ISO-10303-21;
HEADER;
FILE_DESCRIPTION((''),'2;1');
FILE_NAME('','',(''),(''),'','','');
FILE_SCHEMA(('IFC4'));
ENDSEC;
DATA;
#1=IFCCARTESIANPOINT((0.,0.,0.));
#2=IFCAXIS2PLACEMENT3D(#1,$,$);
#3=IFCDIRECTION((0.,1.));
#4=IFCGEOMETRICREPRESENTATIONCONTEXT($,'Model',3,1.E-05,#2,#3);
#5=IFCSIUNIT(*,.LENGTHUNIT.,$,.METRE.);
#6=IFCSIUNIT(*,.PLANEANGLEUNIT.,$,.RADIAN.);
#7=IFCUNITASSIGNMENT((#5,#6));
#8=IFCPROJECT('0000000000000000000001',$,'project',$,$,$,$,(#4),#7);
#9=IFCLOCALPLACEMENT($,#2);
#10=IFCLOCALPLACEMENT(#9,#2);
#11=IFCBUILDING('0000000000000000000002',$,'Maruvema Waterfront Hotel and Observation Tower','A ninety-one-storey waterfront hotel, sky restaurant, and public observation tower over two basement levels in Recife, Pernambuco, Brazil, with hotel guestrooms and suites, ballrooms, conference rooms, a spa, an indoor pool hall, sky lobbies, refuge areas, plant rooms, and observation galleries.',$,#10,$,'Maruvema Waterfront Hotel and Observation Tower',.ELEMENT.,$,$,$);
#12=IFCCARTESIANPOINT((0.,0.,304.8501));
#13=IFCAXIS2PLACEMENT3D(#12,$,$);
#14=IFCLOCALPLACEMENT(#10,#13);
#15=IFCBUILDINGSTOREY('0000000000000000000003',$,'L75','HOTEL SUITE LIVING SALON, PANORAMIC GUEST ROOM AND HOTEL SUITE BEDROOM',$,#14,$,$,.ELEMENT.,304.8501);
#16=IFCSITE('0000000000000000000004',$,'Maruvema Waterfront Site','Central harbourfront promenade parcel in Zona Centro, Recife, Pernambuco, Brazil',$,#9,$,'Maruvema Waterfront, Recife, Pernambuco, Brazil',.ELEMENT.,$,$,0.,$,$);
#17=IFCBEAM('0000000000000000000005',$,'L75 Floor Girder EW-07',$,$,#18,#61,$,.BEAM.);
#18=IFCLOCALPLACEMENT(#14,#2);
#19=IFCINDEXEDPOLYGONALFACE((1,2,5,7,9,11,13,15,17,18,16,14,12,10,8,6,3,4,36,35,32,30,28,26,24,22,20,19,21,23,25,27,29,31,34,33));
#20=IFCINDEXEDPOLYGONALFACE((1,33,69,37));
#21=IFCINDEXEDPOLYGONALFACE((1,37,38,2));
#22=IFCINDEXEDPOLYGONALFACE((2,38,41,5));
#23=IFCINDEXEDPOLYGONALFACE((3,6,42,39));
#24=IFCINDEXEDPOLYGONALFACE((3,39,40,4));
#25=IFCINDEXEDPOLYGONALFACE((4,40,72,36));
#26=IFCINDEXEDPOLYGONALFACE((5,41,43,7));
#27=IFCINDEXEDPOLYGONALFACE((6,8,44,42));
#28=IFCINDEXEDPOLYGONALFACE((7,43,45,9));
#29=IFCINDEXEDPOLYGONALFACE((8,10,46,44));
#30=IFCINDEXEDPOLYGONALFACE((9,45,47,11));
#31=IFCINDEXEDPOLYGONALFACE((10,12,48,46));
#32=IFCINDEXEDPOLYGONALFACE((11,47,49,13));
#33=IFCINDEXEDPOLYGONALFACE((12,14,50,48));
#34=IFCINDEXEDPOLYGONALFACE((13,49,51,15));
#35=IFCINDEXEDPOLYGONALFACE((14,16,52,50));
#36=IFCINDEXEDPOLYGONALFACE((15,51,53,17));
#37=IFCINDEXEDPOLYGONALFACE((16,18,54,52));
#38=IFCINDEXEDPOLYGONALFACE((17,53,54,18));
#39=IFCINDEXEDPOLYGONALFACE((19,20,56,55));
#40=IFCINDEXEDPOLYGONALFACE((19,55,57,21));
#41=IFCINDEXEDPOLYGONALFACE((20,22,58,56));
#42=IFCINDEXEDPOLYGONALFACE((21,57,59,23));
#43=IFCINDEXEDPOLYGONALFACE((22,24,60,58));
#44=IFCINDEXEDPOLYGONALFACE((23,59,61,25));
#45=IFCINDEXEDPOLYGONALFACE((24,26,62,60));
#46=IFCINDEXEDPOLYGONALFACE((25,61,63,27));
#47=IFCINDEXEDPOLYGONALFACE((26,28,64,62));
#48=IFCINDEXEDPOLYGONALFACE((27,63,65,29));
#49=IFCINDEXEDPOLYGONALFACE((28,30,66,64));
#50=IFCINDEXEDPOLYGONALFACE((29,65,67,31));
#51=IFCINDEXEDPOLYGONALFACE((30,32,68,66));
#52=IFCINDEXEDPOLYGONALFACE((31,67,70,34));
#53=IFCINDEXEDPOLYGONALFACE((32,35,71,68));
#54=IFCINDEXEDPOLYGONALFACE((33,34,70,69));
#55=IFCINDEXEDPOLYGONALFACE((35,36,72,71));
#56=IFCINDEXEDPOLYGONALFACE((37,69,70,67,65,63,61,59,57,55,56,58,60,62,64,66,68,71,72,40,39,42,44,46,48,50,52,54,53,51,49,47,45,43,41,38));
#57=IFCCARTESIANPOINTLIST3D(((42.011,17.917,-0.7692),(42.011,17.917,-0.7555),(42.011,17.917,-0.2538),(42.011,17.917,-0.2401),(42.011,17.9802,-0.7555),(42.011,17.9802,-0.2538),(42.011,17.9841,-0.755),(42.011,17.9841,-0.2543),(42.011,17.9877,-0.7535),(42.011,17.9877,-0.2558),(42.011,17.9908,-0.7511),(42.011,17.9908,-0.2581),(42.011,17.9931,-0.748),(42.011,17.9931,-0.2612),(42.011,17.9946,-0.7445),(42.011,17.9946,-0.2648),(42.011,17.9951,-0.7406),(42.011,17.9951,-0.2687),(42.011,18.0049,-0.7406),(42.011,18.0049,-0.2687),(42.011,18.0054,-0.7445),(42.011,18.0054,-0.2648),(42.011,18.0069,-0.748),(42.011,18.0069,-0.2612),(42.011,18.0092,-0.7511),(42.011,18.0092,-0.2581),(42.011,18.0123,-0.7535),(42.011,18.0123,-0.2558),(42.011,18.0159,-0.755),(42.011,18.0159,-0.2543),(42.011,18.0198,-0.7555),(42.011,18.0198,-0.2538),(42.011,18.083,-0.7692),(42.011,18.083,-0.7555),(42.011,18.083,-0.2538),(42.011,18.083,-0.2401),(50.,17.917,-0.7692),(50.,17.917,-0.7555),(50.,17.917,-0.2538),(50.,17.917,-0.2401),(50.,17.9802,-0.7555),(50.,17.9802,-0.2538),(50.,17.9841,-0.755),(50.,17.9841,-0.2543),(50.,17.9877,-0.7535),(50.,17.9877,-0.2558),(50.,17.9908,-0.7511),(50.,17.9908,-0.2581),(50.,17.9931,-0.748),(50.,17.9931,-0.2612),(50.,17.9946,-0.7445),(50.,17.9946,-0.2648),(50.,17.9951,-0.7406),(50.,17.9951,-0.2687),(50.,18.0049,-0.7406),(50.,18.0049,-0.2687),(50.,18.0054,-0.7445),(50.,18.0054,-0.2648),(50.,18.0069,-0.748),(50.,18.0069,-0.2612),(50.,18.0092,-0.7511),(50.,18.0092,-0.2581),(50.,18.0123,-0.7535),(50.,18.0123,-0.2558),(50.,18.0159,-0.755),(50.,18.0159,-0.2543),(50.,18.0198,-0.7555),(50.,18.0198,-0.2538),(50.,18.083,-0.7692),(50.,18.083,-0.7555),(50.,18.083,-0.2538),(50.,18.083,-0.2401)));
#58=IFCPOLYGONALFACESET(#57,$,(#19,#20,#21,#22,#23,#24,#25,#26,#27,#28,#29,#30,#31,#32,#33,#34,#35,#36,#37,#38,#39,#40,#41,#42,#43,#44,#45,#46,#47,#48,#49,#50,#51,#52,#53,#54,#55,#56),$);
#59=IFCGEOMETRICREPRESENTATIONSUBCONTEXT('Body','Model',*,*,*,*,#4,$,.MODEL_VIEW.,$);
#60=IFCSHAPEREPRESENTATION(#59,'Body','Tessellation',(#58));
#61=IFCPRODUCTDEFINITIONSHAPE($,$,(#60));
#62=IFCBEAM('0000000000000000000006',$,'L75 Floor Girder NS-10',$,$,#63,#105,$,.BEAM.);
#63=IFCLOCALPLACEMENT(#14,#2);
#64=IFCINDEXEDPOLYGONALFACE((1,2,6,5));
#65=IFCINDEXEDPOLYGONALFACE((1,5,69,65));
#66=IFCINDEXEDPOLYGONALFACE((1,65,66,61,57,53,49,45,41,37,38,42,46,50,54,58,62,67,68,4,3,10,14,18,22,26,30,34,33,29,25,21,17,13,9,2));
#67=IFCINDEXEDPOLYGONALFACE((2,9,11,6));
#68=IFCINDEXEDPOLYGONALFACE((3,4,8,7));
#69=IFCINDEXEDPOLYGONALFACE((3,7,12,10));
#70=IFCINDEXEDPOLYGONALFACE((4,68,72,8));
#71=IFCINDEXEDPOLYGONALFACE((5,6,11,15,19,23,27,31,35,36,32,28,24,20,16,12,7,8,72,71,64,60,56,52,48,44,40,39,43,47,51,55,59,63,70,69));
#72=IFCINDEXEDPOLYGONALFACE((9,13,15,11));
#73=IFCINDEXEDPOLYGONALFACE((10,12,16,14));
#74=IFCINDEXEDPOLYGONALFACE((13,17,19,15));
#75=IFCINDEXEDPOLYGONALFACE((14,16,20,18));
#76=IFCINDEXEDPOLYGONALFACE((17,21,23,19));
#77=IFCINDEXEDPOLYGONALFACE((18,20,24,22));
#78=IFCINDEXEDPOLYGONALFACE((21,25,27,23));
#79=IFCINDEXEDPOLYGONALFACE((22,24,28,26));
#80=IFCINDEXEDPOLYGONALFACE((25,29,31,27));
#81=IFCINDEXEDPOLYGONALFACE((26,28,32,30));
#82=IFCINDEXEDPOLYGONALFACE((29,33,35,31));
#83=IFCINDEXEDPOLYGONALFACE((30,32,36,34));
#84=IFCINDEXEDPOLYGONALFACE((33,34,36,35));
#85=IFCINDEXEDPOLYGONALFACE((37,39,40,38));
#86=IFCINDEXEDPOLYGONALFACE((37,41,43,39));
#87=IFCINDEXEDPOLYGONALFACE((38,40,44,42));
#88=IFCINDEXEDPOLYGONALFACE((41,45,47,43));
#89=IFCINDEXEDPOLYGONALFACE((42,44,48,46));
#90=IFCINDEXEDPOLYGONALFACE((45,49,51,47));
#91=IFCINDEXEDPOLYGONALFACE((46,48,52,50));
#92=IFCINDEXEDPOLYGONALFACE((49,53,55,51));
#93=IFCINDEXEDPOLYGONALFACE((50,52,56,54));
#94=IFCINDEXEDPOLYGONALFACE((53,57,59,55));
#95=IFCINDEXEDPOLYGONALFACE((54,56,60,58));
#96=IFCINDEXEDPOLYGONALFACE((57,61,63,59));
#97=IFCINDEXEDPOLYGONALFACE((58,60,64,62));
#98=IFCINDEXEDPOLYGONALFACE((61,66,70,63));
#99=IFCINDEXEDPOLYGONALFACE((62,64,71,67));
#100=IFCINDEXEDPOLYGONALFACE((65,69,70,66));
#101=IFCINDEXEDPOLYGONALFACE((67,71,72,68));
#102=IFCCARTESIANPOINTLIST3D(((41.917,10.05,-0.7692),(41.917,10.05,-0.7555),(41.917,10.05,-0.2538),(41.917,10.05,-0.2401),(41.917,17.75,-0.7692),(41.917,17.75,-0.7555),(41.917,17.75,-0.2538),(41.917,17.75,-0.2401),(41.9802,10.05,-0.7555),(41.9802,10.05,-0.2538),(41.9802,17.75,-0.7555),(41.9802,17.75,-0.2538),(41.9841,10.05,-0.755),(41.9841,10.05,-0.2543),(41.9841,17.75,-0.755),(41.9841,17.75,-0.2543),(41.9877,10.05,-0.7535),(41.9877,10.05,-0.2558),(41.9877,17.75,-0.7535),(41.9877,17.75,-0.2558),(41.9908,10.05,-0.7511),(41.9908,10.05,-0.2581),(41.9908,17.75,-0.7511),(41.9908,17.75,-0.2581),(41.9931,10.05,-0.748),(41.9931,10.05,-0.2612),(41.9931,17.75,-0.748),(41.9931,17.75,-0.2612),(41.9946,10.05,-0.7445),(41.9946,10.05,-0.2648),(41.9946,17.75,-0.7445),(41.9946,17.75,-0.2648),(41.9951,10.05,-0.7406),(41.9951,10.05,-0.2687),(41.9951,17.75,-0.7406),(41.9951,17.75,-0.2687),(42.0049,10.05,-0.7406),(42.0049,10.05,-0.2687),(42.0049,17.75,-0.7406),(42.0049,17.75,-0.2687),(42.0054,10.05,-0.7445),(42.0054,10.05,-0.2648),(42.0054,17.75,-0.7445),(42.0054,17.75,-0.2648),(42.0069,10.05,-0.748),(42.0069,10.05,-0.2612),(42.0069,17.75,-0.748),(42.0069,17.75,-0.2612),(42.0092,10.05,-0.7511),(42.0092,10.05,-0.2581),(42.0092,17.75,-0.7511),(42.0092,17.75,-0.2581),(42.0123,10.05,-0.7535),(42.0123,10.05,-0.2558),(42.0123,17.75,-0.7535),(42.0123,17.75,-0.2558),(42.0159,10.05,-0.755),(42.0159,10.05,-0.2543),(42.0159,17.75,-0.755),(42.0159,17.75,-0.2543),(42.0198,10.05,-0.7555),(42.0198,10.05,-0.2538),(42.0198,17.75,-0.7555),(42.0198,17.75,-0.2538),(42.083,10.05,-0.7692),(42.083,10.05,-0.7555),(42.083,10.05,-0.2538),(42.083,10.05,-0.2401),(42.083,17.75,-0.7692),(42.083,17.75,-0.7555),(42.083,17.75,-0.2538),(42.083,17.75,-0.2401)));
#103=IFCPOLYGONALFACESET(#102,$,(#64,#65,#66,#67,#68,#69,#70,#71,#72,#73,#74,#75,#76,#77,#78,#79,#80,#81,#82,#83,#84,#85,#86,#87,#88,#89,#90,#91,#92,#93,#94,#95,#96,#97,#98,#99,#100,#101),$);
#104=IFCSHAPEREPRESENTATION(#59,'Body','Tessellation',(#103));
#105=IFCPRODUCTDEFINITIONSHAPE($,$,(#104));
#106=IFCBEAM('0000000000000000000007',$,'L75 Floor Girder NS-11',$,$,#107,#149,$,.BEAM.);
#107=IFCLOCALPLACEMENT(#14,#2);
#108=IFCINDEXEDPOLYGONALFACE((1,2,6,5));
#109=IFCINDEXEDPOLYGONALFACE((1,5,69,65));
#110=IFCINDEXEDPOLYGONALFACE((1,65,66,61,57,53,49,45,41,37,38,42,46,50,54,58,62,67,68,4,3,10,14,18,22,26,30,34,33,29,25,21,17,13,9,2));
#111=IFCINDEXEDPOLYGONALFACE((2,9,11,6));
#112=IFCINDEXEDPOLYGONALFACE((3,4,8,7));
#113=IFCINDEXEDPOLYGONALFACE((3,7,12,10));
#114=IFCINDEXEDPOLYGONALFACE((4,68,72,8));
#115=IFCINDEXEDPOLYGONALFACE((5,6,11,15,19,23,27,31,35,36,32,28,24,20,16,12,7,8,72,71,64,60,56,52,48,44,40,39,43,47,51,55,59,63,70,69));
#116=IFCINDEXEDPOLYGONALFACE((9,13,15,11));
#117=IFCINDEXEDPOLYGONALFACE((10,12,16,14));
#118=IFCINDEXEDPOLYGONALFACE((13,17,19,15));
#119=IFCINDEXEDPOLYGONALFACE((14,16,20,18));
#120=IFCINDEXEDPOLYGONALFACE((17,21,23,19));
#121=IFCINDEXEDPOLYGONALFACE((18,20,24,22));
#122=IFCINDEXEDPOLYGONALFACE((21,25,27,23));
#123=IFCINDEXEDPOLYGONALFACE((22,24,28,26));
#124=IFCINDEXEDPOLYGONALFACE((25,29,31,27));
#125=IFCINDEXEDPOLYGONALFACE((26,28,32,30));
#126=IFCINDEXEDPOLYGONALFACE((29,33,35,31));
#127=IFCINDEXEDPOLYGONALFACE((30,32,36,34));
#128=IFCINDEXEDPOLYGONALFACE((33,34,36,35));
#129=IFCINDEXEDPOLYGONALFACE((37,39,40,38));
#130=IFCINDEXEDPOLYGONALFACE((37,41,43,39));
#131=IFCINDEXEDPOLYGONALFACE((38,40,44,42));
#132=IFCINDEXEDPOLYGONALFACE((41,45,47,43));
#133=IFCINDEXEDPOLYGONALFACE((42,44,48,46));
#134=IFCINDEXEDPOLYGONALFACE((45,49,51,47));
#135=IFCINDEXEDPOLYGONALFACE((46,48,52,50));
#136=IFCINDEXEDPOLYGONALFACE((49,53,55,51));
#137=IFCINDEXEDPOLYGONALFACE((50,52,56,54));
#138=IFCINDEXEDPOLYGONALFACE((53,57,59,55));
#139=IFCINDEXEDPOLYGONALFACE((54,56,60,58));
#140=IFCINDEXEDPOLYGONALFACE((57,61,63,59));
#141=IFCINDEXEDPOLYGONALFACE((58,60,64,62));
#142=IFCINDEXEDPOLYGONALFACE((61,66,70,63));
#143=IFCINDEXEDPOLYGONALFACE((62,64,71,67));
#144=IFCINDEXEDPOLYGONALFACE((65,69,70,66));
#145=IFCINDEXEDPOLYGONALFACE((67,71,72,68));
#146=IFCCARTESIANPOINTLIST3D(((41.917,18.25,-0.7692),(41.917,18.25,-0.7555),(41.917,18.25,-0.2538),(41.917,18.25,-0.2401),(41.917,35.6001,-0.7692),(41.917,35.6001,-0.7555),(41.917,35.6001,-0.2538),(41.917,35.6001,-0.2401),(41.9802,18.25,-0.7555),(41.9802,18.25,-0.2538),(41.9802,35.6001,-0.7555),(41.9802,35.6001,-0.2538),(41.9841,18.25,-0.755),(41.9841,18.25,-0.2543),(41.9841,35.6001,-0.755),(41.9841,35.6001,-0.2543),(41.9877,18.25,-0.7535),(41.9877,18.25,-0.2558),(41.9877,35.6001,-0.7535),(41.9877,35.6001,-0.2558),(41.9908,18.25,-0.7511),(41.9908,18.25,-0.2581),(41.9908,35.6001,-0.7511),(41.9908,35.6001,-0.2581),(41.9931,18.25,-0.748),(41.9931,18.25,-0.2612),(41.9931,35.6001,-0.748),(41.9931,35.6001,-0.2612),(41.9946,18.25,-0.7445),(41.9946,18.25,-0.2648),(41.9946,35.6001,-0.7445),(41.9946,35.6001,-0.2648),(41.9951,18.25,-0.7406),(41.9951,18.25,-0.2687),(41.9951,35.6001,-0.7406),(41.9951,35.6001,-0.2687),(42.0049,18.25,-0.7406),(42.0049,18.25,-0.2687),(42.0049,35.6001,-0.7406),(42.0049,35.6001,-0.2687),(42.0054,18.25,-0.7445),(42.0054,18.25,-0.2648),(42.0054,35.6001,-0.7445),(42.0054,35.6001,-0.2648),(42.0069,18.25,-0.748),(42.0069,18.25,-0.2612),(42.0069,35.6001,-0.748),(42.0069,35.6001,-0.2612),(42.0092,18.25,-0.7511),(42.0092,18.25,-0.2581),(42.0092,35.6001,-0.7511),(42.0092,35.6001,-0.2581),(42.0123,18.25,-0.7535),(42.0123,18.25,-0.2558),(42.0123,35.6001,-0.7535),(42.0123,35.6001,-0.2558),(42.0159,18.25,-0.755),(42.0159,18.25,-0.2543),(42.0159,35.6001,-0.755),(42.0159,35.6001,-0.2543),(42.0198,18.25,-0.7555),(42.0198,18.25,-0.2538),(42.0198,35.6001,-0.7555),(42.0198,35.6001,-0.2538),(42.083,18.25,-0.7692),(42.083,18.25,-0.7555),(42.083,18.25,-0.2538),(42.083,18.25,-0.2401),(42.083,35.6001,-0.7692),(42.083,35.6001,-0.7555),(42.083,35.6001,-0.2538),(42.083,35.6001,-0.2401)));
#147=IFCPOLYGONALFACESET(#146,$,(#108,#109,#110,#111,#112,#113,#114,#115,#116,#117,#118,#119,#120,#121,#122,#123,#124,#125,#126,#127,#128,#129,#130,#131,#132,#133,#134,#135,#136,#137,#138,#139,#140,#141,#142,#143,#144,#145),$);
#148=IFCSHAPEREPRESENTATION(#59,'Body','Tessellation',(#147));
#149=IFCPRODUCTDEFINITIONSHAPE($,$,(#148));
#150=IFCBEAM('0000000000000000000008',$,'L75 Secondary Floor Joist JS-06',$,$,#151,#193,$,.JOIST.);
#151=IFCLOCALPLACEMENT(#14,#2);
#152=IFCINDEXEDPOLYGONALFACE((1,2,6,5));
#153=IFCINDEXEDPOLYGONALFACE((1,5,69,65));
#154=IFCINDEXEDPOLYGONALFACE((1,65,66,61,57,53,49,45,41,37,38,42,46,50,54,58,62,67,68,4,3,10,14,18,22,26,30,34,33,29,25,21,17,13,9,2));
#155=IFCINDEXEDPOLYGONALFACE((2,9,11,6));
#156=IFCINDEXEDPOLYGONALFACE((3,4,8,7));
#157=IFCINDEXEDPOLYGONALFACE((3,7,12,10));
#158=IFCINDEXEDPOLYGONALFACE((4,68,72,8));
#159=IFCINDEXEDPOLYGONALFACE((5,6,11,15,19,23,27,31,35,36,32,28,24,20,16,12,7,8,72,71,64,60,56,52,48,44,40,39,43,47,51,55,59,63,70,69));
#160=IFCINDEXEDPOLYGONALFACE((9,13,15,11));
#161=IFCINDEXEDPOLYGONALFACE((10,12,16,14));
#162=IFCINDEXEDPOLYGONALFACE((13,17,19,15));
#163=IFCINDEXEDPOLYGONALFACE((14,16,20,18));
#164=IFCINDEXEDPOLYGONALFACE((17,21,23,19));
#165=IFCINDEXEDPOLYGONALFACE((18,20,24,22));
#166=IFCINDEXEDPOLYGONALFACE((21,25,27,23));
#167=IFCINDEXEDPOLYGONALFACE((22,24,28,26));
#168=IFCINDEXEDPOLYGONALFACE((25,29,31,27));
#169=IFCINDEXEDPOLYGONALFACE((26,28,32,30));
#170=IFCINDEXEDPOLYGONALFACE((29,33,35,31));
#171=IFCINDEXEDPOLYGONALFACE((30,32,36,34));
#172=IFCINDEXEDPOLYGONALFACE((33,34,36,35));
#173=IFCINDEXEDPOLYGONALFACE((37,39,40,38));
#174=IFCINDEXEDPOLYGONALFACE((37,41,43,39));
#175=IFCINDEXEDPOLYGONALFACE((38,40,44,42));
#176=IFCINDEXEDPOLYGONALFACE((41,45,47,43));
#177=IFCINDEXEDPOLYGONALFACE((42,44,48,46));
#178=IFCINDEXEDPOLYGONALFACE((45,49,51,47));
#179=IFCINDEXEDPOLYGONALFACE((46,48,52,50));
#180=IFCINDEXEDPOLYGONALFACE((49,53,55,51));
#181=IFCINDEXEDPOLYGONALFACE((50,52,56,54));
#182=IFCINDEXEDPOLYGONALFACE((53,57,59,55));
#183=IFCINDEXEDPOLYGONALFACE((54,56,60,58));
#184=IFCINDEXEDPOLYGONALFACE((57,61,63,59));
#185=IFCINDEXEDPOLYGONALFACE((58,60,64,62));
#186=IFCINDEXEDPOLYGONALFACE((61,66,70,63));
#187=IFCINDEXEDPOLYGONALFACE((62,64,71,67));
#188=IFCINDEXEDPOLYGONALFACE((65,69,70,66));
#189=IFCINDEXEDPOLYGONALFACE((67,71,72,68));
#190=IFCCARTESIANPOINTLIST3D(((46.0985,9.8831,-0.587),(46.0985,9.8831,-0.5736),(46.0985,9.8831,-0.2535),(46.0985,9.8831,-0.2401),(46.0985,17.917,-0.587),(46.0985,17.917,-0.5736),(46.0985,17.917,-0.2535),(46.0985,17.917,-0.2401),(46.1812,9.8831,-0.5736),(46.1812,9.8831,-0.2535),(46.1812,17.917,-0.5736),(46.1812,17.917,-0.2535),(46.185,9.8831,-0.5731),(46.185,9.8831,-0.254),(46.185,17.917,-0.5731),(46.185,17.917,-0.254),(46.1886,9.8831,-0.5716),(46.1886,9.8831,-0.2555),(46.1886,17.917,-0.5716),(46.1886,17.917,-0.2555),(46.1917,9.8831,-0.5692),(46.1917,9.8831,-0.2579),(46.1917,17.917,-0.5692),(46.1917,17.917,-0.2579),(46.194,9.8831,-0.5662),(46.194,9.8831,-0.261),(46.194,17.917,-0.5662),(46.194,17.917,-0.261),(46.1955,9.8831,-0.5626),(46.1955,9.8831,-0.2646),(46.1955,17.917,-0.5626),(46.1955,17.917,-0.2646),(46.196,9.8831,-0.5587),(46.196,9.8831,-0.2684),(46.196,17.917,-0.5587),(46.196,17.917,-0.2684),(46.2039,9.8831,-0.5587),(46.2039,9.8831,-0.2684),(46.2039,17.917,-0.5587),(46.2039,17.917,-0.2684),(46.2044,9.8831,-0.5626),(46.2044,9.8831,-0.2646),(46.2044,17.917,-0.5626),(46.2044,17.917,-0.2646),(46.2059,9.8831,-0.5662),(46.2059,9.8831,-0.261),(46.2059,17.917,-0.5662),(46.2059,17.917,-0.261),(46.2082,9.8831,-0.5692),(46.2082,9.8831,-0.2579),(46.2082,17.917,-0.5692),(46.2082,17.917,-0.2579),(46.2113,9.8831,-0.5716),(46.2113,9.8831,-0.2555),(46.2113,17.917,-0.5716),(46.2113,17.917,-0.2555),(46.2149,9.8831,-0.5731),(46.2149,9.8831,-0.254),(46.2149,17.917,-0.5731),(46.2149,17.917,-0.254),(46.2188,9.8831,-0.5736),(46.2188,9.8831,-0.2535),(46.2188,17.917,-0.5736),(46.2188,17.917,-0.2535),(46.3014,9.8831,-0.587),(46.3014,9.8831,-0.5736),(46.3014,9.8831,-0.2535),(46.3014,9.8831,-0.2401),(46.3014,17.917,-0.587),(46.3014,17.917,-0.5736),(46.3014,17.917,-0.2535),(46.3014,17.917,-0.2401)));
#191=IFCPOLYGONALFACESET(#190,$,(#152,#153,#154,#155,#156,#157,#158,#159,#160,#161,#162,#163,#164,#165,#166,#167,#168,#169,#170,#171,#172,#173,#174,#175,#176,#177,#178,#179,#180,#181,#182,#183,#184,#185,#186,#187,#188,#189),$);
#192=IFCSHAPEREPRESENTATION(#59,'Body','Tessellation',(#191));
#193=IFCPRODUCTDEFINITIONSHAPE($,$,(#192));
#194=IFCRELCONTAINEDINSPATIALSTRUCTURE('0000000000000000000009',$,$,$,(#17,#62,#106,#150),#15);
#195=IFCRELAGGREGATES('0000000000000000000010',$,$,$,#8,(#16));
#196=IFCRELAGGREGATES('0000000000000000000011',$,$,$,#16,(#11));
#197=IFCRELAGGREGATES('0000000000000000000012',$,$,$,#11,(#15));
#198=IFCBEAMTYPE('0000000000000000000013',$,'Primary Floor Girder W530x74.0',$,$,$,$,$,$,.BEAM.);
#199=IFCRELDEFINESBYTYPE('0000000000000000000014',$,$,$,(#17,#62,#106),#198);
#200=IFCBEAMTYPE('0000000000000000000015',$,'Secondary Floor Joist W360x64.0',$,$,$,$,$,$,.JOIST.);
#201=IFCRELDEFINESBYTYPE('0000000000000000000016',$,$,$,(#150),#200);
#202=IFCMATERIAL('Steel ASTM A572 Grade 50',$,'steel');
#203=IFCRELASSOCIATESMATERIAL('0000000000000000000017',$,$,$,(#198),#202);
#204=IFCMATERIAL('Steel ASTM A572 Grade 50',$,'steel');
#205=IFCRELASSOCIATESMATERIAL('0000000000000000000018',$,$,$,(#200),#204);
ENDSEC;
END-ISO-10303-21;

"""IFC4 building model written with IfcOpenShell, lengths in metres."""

from ifc_helpers import new_model, si_unit, direction, frame, origin, origin_2d, place, context, subcontext, project, spatial, i_section, extrude, material, material_profile, profile_set, type_object, element, save


model = new_model("IFC4")

# Units and contexts
model_context = context("Model", 3, precision=1e-05, world=origin(), true_north=direction((0.0, 1.0)))
body_context = subcontext(model_context, "Body", "Model", "MODEL_VIEW")
ifc_project = project(units=[si_unit("LENGTHUNIT", "METRE"), si_unit("PLANEANGLEUNIT", "RADIAN")], contexts=[model_context])

# Site, building, storey
site_placement = place(None, origin())
site = spatial("IfcSite", under=ifc_project, at=site_placement, Name="Maruvema Waterfront Site", Description="Central harbourfront promenade parcel in Zona Centro, Recife, Pernambuco, Brazil", LongName="Maruvema Waterfront, Recife, Pernambuco, Brazil", CompositionType="ELEMENT", RefElevation=0.0)
building_placement = place(site_placement, origin())
building = spatial("IfcBuilding", under=site, at=building_placement, Name="Maruvema Waterfront Hotel and Observation Tower", Description="A ninety-one-storey waterfront hotel, sky restaurant, and public observation tower over two basement levels in Recife, Pernambuco, Brazil, with hotel guestrooms and suites, ballrooms, conference rooms, a spa, an indoor pool hall, sky lobbies, refuge areas, plant rooms, and observation galleries.", LongName="Maruvema Waterfront Hotel and Observation Tower", CompositionType="ELEMENT")
storey_placement = place(building_placement, frame((0.0, 0.0, 304.8501)))
storey = spatial("IfcBuildingStorey", under=building, at=storey_placement, Name="L75", Description="HOTEL SUITE LIVING SALON, PANORAMIC GUEST ROOM AND HOTEL SUITE BEDROOM", CompositionType="ELEMENT", Elevation=304.8501)

# Beams
ifc_material_1 = material(Name="Steel ASTM A572 Grade 50", Category="steel")
ifc_material_profile_1 = material_profile(ifc_material_1, i_section(OverallWidth=0.166, OverallDepth=0.5291, WebThickness=0.0098, FlangeThickness=0.0137, FilletRadius=0.0149, at=origin_2d()), Name="W530x74.0")
ifc_profile_set_1 = profile_set([ifc_material_profile_1], Name="Steel ASTM A572 Grade 50")
beam_type_1 = type_object("IfcBeamType", Name="Primary Floor Girder W530x74.0", PredefinedType="BEAM", material=ifc_profile_set_1)
beam_1_placement = place(storey_placement, frame((42.011, 18.0, -0.5046), z_axis=(1.0, 0.0, 0.0), x_axis=(0.0, 1.0, 0.0)))
element("IfcBeam", 1, at=beam_1_placement, inside=storey, type_object=beam_type_1, Name="L75 Floor Girder EW-07", PredefinedType="BEAM", context=body_context, shape_type="SweptSolid", body=[
    extrude(i_section(OverallWidth=0.166, OverallDepth=0.5291, WebThickness=0.0098, FlangeThickness=0.0137, FilletRadius=0.0149, at=origin_2d()), origin(), (0.0, 0.0, 1.0), 7.989),
])
beam_2_placement = place(storey_placement, frame((42.0, 10.05, -0.5046), z_axis=(0.0, 1.0, 0.0), x_axis=(-1.0, 0.0, 0.0)))
element("IfcBeam", 2, at=beam_2_placement, inside=storey, type_object=beam_type_1, Name="L75 Floor Girder NS-10", PredefinedType="BEAM", context=body_context, shape_type="SweptSolid", body=[
    extrude(i_section(OverallWidth=0.166, OverallDepth=0.5291, WebThickness=0.0098, FlangeThickness=0.0137, FilletRadius=0.0149, at=origin_2d()), origin(), (0.0, 0.0, 1.0), 7.7),
])
beam_3_placement = place(storey_placement, frame((42.0, 18.25, -0.5046), z_axis=(0.0, 1.0, 0.0), x_axis=(-1.0, 0.0, 0.0)))
element("IfcBeam", 3, at=beam_3_placement, inside=storey, type_object=beam_type_1, Name="L75 Floor Girder NS-11", PredefinedType="BEAM", context=body_context, shape_type="SweptSolid", body=[
    extrude(i_section(OverallWidth=0.166, OverallDepth=0.5291, WebThickness=0.0098, FlangeThickness=0.0137, FilletRadius=0.0149, at=origin_2d()), origin(), (0.0, 0.0, 1.0), 17.3501),
])
ifc_material_2 = material(Name="Steel ASTM A572 Grade 50", Category="steel")
ifc_material_profile_2 = material_profile(ifc_material_2, i_section(OverallWidth=0.2029, OverallDepth=0.3469, WebThickness=0.0078, FlangeThickness=0.0134, FilletRadius=0.0149, at=origin_2d()), Name="W360x64.0")
ifc_profile_set_2 = profile_set([ifc_material_profile_2], Name="Steel ASTM A572 Grade 50")
beam_type_2 = type_object("IfcBeamType", Name="Secondary Floor Joist W360x64.0", PredefinedType="JOIST", material=ifc_profile_set_2)
beam_4_placement = place(storey_placement, frame((46.2, 9.8831, -0.4136), z_axis=(0.0, 1.0, 0.0), x_axis=(-1.0, 0.0, 0.0)))
element("IfcBeam", 4, at=beam_4_placement, inside=storey, type_object=beam_type_2, Name="L75 Secondary Floor Joist JS-06", PredefinedType="JOIST", context=body_context, shape_type="SweptSolid", body=[
    extrude(i_section(OverallWidth=0.2029, OverallDepth=0.3469, WebThickness=0.0078, FlangeThickness=0.0134, FilletRadius=0.0149, at=origin_2d()), origin(), (0.0, 0.0, 1.0), 8.0339),
])

save(model, "model.ifc")
